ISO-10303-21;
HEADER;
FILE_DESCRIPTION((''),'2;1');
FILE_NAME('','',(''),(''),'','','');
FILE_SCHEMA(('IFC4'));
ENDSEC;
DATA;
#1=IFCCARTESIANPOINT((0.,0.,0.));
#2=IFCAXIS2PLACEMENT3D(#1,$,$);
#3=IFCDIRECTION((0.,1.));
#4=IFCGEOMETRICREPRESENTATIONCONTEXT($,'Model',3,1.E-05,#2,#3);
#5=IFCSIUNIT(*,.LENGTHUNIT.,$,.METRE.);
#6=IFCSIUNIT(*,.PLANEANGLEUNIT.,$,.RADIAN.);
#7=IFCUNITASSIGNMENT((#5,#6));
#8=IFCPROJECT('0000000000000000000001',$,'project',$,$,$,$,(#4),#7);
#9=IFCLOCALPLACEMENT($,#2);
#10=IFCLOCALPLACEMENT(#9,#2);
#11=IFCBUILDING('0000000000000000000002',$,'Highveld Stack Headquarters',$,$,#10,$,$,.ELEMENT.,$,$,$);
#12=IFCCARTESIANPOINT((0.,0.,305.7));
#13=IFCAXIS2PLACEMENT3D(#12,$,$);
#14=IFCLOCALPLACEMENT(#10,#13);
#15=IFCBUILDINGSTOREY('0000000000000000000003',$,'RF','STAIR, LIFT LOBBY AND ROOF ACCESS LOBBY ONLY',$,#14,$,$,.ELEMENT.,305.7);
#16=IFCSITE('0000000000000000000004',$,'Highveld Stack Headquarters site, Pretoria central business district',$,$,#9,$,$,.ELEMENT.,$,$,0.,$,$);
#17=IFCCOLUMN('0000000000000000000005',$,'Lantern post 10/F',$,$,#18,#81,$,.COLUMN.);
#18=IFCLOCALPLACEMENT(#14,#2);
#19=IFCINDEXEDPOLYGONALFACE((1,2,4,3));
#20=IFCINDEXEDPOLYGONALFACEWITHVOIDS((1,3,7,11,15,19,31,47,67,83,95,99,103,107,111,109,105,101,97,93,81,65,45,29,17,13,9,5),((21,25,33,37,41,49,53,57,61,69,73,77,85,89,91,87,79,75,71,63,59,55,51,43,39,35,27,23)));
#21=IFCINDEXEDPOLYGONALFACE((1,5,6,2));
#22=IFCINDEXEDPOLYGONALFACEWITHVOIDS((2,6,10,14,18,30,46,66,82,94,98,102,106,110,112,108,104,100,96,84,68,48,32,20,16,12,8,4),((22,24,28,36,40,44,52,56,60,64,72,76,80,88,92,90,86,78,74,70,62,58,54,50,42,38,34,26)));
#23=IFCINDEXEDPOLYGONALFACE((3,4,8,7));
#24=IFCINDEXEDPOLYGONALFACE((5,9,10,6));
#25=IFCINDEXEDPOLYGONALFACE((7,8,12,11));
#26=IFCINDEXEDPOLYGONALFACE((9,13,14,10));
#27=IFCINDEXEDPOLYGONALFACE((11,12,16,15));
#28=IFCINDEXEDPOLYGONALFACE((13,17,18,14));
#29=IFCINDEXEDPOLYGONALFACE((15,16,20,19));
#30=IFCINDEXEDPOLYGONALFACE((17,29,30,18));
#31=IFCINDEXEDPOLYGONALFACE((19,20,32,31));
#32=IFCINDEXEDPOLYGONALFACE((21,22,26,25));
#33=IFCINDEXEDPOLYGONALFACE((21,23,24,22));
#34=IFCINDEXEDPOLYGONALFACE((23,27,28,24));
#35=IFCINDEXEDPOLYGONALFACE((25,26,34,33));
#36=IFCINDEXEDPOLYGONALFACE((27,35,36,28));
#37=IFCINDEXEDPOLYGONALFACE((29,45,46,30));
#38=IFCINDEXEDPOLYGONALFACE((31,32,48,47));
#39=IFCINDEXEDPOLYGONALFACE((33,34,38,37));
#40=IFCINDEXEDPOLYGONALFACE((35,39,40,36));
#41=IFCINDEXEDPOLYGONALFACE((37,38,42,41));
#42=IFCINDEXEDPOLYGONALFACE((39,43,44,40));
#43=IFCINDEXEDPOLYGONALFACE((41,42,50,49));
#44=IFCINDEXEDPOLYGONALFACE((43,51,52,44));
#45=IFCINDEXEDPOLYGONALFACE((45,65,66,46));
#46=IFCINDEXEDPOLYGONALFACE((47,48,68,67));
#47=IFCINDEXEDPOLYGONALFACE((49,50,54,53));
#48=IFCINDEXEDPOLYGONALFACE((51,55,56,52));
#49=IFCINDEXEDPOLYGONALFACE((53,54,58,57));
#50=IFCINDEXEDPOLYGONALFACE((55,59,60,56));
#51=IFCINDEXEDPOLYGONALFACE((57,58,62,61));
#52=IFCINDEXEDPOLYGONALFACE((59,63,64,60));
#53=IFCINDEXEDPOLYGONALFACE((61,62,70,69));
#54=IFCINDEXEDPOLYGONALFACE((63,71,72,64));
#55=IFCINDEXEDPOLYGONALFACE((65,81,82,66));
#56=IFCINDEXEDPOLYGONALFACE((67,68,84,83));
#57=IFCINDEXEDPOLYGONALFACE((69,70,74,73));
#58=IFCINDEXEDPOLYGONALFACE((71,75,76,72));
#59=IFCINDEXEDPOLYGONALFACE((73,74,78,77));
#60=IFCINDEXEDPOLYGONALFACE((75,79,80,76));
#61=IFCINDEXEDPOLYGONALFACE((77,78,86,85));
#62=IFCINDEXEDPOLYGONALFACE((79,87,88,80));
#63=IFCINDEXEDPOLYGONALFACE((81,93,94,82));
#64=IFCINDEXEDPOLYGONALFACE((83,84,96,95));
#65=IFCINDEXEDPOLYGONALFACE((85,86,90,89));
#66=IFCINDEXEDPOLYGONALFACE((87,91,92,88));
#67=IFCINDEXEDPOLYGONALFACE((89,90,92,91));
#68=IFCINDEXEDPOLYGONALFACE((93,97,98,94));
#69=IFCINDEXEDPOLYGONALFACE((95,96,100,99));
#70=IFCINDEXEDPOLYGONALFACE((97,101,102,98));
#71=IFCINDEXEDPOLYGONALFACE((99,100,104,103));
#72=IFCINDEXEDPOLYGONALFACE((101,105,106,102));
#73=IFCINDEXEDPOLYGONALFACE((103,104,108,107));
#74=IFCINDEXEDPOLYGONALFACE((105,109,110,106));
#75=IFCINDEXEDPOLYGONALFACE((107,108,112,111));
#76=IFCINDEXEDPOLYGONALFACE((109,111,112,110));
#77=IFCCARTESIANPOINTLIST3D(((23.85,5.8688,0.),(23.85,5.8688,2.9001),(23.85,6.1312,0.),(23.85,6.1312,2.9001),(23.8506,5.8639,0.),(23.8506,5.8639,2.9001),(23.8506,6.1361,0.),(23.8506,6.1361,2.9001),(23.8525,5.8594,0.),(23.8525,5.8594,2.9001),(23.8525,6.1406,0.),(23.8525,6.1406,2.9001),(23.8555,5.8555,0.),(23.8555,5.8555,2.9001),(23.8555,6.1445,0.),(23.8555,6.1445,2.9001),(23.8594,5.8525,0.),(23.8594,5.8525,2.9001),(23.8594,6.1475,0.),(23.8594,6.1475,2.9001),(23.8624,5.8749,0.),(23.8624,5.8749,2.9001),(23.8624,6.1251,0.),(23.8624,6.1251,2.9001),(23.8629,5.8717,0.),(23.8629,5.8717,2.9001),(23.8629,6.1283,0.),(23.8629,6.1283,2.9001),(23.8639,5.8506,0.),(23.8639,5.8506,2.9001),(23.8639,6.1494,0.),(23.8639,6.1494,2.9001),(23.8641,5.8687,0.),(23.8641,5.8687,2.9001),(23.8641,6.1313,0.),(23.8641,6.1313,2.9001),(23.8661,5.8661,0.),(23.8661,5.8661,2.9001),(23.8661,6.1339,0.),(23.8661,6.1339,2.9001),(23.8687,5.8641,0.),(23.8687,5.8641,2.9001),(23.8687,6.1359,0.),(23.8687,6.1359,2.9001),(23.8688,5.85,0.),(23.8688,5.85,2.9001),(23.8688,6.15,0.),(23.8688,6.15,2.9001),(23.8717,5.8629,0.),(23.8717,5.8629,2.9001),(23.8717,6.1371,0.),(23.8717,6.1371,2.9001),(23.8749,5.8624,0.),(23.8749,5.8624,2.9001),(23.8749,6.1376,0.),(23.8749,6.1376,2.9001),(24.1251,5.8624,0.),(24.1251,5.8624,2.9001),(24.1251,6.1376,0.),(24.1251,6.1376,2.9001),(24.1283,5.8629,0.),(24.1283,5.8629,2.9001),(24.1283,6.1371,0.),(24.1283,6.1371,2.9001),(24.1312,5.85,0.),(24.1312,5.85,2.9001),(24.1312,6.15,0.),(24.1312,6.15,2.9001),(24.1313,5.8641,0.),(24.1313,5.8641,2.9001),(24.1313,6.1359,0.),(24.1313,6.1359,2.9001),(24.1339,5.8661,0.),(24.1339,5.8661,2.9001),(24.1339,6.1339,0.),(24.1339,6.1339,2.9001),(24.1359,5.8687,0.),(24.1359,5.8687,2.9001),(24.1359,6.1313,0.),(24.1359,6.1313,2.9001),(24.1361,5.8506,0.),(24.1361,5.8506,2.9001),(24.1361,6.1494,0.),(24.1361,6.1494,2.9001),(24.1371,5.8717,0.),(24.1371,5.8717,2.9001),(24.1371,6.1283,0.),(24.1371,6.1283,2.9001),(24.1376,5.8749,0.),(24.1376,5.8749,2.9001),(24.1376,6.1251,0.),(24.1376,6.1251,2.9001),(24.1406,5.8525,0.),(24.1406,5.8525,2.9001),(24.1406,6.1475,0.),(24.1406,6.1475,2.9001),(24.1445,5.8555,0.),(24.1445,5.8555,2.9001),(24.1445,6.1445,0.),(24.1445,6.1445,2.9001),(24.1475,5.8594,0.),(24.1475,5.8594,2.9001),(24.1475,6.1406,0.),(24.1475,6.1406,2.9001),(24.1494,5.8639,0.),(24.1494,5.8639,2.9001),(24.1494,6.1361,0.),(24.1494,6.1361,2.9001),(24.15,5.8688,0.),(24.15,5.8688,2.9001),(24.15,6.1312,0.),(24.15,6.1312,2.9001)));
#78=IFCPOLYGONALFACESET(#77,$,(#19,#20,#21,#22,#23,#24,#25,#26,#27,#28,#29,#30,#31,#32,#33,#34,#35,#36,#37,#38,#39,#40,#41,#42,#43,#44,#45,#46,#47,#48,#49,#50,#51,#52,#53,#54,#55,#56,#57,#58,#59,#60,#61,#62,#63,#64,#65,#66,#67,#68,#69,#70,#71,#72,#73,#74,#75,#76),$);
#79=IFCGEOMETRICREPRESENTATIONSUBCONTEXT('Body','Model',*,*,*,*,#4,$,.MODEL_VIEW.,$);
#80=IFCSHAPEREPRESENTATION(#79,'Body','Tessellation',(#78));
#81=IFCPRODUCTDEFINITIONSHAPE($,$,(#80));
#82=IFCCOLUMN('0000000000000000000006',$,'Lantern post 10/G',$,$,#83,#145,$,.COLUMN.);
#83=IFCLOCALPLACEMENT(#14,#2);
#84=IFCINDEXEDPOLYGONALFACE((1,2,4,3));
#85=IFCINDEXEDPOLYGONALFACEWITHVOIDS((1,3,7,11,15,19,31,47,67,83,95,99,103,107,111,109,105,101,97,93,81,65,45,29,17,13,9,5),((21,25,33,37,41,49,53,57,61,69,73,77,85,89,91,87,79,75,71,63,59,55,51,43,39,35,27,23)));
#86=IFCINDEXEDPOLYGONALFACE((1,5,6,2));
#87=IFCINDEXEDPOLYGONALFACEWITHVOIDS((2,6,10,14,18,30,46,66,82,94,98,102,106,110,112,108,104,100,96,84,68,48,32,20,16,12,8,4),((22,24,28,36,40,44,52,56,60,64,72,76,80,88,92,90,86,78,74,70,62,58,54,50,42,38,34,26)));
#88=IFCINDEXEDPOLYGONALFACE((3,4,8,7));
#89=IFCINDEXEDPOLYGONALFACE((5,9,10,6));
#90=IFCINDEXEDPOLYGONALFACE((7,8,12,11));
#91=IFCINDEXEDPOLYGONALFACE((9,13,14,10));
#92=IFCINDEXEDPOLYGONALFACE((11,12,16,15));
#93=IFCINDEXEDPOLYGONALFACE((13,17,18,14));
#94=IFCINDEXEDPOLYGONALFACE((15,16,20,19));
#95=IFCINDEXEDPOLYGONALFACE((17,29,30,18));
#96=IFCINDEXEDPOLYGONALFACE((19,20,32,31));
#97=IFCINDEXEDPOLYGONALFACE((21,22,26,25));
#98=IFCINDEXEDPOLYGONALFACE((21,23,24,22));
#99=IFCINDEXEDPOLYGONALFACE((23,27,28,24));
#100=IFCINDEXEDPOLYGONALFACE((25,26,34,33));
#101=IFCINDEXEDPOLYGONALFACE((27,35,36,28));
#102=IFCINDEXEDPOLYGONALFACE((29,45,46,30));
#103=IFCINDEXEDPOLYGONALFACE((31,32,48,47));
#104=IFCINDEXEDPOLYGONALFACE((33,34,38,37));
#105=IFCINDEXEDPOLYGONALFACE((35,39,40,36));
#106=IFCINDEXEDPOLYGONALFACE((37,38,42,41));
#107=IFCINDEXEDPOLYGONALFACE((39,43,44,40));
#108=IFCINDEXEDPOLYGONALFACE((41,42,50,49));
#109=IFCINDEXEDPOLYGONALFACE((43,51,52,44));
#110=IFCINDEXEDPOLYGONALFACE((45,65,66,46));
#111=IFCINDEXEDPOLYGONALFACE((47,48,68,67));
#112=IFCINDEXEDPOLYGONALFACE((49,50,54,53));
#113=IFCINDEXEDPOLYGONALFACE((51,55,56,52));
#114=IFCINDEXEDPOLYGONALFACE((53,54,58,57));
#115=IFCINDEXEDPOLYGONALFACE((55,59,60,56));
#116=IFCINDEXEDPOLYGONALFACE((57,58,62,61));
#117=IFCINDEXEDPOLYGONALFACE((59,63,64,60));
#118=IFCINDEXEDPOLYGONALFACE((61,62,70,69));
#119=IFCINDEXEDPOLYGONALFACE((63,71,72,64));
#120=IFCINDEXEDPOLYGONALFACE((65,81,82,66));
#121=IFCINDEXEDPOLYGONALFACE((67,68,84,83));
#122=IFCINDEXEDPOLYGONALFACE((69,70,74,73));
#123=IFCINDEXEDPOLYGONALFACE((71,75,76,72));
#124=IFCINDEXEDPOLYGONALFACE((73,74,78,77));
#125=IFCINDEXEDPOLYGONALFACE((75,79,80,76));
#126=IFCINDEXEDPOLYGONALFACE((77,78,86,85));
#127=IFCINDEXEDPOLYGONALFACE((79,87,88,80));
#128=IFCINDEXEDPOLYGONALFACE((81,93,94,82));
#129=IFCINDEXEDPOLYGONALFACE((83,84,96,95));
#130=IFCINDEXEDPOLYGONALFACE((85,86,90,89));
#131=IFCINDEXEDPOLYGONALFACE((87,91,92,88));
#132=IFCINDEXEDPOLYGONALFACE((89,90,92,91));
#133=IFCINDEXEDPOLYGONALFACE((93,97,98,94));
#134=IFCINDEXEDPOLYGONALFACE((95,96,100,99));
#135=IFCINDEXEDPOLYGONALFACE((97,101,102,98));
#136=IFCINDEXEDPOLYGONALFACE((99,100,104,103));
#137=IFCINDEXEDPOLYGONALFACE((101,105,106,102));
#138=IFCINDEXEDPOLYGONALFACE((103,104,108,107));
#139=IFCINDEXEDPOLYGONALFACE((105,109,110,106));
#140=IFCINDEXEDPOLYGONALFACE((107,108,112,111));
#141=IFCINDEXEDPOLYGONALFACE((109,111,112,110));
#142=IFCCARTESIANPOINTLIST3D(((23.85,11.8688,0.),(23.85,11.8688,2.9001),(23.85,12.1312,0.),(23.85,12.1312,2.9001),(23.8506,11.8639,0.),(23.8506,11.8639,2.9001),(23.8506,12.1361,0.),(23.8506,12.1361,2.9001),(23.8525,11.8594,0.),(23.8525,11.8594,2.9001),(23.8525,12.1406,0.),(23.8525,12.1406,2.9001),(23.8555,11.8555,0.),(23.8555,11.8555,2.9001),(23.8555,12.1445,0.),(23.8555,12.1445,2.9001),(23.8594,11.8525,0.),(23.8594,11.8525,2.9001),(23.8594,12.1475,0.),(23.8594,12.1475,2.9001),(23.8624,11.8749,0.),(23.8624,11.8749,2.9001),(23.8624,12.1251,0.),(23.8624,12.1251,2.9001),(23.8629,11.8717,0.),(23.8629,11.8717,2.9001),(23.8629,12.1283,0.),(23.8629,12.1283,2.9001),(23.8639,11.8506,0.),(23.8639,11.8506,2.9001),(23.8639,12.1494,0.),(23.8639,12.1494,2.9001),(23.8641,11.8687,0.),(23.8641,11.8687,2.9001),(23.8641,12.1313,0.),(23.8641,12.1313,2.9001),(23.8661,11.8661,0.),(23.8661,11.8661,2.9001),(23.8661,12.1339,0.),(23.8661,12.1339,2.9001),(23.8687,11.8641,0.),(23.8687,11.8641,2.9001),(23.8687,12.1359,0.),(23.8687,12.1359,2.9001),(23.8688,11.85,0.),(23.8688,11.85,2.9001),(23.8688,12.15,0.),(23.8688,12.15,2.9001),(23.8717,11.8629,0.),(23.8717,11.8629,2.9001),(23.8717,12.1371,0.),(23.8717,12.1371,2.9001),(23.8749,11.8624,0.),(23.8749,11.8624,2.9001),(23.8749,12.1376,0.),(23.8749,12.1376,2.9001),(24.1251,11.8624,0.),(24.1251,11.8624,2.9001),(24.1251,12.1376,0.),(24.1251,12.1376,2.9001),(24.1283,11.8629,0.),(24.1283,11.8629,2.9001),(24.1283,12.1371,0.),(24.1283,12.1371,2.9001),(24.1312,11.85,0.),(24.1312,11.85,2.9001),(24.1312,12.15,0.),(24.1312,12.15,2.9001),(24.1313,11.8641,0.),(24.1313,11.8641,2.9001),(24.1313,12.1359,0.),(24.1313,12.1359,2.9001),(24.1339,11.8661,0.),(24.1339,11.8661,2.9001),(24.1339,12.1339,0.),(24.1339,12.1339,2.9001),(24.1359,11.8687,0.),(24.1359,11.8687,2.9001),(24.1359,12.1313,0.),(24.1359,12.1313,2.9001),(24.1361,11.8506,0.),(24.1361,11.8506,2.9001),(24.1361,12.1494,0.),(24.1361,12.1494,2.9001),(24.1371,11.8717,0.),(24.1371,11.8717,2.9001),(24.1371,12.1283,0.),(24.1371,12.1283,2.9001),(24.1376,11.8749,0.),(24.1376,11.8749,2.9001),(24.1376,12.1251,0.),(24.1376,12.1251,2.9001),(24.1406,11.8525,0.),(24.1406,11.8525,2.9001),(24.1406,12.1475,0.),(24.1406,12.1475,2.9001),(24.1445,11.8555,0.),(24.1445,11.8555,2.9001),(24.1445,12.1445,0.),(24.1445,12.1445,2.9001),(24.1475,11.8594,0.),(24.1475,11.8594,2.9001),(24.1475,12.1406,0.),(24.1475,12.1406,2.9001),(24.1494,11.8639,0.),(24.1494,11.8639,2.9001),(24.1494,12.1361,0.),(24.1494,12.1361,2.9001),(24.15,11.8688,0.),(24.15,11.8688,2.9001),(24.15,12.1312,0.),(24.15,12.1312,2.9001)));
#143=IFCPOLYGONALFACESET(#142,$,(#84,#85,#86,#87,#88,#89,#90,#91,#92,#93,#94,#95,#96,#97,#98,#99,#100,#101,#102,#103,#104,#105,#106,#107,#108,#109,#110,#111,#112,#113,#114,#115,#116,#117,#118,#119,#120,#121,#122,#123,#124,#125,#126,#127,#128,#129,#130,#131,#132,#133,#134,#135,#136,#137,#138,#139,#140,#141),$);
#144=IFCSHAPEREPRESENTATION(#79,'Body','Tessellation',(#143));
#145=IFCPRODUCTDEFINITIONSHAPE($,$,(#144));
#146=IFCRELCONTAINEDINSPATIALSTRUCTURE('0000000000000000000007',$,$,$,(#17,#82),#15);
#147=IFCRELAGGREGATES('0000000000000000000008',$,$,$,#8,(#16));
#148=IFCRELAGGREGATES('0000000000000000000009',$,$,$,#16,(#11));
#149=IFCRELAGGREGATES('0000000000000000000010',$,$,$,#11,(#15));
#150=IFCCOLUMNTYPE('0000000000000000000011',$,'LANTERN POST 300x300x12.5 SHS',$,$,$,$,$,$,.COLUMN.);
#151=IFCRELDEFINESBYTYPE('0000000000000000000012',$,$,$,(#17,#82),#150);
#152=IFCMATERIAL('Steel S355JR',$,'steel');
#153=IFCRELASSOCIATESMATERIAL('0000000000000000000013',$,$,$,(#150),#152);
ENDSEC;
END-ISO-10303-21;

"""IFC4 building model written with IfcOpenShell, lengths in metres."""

from ifc_helpers import new_model, si_unit, direction, frame, origin, origin_2d, place, context, subcontext, project, spatial, hollow_rectangle, extrude, material, material_profile, profile_set, type_object, element, save


model = new_model("IFC4")

# Units and contexts
model_context = context("Model", 3, precision=1e-05, world=origin(), true_north=direction((0.0, 1.0)))
body_context = subcontext(model_context, "Body", "Model", "MODEL_VIEW")
ifc_project = project(units=[si_unit("LENGTHUNIT", "METRE"), si_unit("PLANEANGLEUNIT", "RADIAN")], contexts=[model_context])

# Site, building, storey
site_placement = place(None, origin())
site = spatial("IfcSite", under=ifc_project, at=site_placement, Name="Highveld Stack Headquarters site, Pretoria central business district", CompositionType="ELEMENT", RefElevation=0.0)
building_placement = place(site_placement, origin())
building = spatial("IfcBuilding", under=site, at=building_placement, Name="Highveld Stack Headquarters", CompositionType="ELEMENT")
storey_placement = place(building_placement, frame((0.0, 0.0, 305.7)))
storey = spatial("IfcBuildingStorey", under=building, at=storey_placement, Name="RF", Description="STAIR, LIFT LOBBY AND ROOF ACCESS LOBBY ONLY", CompositionType="ELEMENT", Elevation=305.7)

# Columns
ifc_material_1 = material(Name="Steel S355JR", Category="steel")
ifc_material_profile_1 = material_profile(ifc_material_1, hollow_rectangle(XDim=0.3, YDim=0.3, WallThickness=0.0125, InnerFilletRadius=0.0125, OuterFilletRadius=0.0188, at=origin_2d()), Name="300x300x12.5 SHS")
ifc_profile_set_1 = profile_set([ifc_material_profile_1], Name="Steel S355JR")
column_type = type_object("IfcColumnType", Name="LANTERN POST 300x300x12.5 SHS", PredefinedType="COLUMN", material=ifc_profile_set_1)
for number, where, z_axis, x_axis, name in (
    (1, (24.0, 6.0, 0.0), (0.0, 0.0, 1.0), (1.0, 0.0, 0.0), "Lantern post 10/F"),
    (2, (24.0, 12.0, 0.0), (0.0, 0.0, 1.0), (1.0, 0.0, 0.0), "Lantern post 10/G"),
):
    element("IfcColumn", number, at=place(storey_placement, frame(where, z_axis=z_axis, x_axis=x_axis)), inside=storey, type_object=column_type, Name=name, PredefinedType="COLUMN", context=body_context, shape_type="SweptSolid", body=[
        extrude(hollow_rectangle(XDim=0.3, YDim=0.3, WallThickness=0.0125, InnerFilletRadius=0.0125, OuterFilletRadius=0.0188, at=origin_2d()), origin(), (0.0, 0.0, 1.0), 2.9001),
    ])

save(model, "model.ifc")
